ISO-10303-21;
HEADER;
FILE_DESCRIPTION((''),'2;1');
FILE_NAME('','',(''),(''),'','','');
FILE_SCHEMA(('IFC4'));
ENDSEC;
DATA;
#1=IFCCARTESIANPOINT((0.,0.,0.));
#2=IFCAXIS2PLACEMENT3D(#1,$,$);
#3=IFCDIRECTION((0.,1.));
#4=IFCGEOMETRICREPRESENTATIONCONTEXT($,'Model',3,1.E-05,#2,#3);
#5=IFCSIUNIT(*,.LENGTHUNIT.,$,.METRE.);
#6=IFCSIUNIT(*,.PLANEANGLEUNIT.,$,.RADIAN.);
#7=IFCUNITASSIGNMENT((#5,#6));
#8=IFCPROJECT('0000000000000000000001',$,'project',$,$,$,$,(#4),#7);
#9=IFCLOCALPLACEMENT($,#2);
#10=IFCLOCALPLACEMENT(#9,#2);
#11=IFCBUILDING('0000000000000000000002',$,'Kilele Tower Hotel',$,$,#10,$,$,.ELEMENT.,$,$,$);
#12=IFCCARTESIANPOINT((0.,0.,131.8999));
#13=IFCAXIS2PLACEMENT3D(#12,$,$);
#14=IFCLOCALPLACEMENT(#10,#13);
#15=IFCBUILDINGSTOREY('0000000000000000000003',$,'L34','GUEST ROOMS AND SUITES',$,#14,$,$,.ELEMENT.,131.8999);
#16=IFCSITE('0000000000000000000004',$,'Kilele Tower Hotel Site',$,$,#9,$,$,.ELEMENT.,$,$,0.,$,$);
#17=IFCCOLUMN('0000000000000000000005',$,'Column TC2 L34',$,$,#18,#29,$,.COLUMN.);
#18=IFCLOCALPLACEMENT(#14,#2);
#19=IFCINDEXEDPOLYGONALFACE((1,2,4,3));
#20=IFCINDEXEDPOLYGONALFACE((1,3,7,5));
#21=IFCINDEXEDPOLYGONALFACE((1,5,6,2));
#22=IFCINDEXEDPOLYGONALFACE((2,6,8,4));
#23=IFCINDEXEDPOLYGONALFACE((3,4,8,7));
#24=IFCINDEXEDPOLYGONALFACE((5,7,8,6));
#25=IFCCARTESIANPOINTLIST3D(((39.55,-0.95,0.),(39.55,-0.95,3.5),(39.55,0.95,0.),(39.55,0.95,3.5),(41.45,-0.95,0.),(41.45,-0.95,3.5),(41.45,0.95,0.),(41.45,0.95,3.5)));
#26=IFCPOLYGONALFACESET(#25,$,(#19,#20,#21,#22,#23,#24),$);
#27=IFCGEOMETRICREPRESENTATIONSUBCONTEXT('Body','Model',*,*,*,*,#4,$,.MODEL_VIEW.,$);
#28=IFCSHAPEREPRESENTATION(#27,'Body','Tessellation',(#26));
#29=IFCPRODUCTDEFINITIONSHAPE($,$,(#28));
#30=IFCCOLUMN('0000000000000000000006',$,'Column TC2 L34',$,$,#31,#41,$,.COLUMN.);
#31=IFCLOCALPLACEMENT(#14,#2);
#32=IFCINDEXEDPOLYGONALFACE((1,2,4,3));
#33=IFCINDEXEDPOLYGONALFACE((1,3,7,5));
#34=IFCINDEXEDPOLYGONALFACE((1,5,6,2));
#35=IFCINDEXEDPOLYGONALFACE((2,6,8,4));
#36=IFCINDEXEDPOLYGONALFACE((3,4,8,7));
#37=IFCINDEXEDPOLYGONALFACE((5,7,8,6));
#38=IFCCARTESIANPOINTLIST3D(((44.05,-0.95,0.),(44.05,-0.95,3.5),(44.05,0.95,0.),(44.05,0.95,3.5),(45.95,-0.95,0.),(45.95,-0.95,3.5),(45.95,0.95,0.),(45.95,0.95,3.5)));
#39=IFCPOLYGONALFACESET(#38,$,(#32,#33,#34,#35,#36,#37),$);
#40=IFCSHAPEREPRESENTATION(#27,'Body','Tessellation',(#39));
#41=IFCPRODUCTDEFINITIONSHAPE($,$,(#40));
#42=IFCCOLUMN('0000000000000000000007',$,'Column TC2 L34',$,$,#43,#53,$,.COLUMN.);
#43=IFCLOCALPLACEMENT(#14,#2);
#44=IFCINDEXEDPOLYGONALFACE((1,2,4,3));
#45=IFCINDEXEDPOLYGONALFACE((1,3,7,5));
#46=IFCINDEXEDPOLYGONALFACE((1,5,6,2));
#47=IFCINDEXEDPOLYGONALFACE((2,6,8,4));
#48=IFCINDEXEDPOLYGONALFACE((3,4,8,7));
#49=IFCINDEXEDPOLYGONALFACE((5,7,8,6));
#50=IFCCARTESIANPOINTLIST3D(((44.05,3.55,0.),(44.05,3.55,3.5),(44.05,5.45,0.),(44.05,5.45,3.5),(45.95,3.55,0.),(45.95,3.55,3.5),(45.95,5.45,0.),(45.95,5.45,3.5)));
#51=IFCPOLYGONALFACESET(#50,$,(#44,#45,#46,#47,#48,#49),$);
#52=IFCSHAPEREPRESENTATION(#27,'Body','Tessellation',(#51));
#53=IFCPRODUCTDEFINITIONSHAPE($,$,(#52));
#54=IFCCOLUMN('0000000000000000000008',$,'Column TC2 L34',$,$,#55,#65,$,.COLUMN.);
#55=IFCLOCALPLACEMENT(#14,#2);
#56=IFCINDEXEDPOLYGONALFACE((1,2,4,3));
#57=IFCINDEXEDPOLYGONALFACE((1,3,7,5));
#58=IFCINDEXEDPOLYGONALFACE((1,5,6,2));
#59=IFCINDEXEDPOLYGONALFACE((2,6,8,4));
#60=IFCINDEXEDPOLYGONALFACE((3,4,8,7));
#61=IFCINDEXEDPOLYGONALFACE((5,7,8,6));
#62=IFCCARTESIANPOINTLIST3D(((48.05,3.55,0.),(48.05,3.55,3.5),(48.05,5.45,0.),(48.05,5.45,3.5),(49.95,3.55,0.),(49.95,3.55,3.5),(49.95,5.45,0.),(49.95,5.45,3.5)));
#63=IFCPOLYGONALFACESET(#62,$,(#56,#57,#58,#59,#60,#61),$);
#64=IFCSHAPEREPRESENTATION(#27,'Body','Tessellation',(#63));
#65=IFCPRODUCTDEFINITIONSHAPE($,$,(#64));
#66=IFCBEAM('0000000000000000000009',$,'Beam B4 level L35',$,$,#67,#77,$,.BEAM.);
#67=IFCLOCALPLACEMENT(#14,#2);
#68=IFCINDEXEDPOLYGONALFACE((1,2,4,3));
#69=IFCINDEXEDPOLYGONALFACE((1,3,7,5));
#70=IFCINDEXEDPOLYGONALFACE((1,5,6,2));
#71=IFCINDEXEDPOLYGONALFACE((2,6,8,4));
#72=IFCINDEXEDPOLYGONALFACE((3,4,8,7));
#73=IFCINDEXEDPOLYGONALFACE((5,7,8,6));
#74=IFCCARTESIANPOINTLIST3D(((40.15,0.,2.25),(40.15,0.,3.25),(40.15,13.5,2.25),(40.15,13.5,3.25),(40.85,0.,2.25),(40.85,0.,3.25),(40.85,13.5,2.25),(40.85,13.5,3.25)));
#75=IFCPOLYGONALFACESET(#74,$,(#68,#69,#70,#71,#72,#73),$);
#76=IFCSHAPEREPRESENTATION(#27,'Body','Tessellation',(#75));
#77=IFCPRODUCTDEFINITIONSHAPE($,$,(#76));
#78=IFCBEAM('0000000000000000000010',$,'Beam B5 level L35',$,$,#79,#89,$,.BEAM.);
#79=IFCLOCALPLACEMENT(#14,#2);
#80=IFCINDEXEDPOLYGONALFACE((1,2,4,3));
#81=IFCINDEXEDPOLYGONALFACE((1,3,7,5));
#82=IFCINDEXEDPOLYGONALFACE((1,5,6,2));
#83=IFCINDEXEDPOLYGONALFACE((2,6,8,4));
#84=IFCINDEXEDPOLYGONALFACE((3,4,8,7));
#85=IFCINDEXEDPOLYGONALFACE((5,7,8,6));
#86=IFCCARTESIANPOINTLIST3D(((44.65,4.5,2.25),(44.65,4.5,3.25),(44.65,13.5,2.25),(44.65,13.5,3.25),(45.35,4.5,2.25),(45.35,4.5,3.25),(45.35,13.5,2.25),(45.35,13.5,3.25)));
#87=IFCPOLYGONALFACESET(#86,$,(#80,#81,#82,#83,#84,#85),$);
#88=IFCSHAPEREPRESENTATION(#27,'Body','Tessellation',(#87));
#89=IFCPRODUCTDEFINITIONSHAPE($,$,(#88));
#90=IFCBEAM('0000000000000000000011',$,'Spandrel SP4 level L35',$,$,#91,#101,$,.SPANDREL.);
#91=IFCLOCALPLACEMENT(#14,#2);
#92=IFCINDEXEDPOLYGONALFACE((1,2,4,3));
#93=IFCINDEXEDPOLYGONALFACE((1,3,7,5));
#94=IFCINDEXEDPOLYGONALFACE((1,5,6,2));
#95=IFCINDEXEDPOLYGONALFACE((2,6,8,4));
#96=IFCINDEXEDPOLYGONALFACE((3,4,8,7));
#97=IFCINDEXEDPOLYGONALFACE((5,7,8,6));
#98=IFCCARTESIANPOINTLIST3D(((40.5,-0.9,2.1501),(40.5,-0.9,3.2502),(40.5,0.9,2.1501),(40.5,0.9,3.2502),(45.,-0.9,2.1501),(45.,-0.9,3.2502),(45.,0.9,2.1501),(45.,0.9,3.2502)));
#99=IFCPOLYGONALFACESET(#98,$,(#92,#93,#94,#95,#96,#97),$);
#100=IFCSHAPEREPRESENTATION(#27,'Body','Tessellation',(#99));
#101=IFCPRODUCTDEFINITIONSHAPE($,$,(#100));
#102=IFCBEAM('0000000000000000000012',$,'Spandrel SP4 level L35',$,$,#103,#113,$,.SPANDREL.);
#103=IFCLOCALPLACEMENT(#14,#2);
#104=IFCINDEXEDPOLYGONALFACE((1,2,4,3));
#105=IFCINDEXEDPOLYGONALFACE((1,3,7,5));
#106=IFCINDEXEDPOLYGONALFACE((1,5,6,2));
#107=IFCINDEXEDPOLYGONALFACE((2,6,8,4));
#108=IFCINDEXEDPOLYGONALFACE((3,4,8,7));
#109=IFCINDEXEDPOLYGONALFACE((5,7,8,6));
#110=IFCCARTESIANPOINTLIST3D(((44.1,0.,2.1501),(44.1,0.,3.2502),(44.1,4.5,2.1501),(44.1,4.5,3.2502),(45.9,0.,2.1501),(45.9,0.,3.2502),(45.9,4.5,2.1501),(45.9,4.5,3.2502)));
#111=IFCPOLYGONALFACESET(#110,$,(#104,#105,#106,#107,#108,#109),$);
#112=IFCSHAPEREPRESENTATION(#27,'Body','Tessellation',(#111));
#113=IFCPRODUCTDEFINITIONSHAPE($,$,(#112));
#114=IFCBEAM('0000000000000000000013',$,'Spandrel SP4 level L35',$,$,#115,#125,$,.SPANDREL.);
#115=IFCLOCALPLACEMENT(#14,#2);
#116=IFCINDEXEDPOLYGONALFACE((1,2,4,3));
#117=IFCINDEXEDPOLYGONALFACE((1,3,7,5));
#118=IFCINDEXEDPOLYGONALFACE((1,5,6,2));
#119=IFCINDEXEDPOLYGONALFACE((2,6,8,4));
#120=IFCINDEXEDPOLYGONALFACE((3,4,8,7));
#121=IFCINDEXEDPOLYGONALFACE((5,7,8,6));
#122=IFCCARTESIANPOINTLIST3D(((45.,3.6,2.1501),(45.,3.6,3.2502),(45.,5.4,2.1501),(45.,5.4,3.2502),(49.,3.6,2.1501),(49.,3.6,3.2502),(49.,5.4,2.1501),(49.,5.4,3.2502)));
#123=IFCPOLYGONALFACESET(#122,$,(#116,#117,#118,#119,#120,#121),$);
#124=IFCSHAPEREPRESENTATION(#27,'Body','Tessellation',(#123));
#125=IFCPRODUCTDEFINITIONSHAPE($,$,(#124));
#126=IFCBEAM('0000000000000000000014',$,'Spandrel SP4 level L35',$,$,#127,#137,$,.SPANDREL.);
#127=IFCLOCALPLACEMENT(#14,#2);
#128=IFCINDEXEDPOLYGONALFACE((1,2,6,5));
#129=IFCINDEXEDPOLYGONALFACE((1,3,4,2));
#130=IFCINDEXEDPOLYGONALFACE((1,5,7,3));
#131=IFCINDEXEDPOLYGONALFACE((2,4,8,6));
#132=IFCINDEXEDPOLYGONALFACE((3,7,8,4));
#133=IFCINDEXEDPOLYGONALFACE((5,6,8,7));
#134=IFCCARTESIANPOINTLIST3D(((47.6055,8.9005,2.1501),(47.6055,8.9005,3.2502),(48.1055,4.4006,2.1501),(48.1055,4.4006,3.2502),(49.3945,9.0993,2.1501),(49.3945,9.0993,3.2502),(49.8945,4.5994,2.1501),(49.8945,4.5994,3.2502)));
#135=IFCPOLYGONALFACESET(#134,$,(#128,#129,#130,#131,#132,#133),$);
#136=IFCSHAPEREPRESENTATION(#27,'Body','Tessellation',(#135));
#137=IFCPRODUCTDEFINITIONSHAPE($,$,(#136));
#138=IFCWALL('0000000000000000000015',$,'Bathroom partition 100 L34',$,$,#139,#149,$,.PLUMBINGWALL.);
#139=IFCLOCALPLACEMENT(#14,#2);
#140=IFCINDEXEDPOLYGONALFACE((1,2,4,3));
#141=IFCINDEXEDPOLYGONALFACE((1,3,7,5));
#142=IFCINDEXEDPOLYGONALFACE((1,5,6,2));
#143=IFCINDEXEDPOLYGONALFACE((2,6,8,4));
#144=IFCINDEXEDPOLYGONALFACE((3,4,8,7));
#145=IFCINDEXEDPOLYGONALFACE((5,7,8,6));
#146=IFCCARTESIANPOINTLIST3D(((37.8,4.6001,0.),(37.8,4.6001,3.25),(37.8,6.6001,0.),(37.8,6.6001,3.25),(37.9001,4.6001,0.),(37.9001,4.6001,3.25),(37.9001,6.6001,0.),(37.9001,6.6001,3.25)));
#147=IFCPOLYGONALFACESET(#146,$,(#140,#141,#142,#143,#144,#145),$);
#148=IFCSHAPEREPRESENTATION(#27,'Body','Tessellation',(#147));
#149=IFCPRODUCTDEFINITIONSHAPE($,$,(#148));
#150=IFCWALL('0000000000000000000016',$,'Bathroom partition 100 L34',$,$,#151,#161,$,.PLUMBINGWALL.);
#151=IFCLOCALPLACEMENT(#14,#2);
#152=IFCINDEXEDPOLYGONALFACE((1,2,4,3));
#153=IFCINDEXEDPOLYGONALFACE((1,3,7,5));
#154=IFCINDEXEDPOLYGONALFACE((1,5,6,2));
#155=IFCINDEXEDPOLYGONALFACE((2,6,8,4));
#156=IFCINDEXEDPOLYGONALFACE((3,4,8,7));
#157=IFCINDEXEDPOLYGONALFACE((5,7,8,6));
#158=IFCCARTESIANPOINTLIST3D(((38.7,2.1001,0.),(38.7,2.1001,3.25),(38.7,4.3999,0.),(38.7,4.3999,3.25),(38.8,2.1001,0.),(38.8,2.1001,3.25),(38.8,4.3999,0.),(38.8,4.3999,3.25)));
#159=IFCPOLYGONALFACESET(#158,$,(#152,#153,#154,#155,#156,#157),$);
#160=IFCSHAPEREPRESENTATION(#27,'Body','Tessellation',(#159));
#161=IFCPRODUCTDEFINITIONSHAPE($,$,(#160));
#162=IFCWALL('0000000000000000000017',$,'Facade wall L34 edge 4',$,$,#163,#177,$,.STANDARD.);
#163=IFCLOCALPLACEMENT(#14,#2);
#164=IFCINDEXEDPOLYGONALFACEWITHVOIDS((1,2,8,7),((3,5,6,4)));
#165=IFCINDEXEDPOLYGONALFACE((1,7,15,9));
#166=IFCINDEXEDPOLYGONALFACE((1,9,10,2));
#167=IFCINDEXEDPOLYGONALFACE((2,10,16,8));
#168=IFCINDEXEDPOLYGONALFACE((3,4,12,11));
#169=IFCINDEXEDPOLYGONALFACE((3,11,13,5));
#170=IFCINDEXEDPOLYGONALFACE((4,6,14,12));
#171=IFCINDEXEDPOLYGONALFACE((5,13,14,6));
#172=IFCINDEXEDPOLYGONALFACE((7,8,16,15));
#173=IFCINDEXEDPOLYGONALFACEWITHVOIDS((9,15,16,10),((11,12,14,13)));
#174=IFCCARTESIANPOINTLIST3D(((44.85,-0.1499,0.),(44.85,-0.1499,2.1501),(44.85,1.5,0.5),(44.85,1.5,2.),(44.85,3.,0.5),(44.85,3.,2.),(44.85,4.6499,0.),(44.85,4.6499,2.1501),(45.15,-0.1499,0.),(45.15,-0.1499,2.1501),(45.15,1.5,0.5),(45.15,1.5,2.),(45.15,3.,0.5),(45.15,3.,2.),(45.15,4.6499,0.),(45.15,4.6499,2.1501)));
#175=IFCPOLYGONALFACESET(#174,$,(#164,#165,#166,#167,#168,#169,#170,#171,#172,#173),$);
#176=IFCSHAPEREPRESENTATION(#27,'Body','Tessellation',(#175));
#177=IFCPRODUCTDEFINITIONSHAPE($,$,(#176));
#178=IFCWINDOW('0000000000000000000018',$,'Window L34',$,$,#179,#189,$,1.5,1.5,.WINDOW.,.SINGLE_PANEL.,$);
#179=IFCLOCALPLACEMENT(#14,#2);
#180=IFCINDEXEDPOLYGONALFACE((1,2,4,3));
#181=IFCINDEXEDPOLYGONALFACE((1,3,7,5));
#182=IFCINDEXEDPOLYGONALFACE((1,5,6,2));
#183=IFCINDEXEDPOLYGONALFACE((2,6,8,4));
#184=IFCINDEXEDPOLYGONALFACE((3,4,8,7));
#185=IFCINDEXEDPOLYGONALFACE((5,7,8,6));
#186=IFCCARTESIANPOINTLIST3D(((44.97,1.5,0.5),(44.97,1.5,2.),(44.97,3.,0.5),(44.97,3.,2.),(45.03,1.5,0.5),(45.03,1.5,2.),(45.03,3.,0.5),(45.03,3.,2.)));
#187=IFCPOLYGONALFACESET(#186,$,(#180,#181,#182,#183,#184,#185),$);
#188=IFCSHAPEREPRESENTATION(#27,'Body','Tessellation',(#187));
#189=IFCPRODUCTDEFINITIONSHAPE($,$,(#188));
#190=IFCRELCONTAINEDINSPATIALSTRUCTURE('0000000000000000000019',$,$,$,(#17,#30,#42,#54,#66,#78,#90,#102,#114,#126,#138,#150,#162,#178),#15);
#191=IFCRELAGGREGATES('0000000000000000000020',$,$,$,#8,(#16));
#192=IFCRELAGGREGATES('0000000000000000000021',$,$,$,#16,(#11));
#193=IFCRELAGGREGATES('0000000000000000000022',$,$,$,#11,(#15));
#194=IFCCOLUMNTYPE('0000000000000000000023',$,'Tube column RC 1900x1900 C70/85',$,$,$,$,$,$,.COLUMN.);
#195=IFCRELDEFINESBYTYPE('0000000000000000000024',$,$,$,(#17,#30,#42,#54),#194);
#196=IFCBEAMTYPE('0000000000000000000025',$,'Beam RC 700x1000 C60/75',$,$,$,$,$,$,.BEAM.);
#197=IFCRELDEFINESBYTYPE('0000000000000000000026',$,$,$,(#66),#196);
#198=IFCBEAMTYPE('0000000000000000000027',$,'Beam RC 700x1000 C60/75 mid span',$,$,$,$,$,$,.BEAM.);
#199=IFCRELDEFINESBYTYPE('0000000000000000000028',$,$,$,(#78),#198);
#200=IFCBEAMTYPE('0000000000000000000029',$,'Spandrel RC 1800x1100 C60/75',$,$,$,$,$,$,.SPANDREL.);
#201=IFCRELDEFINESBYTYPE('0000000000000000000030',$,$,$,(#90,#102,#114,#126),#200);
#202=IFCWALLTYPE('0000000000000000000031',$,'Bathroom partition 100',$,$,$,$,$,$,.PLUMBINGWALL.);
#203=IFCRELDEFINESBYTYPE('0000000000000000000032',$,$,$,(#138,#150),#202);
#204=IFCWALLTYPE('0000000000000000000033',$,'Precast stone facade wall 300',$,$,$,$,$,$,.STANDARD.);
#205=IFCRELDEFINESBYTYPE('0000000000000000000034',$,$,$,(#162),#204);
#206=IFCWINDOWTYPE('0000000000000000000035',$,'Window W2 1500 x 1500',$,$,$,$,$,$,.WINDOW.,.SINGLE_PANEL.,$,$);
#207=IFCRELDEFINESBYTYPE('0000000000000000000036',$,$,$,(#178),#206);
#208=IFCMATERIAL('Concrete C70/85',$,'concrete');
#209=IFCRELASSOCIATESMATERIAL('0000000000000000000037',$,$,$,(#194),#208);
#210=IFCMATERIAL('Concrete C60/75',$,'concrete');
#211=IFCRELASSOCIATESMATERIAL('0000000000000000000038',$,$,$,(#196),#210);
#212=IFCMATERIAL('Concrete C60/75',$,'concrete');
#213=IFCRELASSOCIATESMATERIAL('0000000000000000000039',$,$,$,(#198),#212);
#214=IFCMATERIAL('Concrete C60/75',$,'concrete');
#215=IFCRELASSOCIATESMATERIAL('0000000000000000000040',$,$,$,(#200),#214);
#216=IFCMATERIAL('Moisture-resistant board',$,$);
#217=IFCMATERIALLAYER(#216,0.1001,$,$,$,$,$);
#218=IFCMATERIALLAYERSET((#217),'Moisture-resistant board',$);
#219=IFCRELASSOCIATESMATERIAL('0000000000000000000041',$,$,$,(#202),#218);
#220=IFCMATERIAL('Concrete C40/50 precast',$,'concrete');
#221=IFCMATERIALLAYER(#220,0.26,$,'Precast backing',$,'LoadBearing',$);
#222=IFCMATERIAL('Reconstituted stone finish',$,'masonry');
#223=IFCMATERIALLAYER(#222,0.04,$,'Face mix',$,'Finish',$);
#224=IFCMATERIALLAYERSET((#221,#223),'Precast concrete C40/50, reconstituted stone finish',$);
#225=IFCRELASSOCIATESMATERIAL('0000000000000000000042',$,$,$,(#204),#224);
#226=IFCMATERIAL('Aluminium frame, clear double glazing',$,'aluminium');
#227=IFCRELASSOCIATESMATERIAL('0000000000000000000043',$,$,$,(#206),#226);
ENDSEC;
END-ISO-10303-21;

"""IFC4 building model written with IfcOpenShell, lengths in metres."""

from ifc_helpers import new_model, si_unit, direction, frame, frame_2d, origin, origin_2d, place, context, subcontext, project, spatial, rectangle, extrude, material, layer, layer_set, material_profile, profile_set, type_object, element, fill, save


model = new_model("IFC4")

# Units and contexts
model_context = context("Model", 3, precision=1e-05, world=origin(), true_north=direction((0.0, 1.0)))
body_context = subcontext(model_context, "Body", "Model", "MODEL_VIEW")
ifc_project = project(units=[si_unit("LENGTHUNIT", "METRE"), si_unit("PLANEANGLEUNIT", "RADIAN")], contexts=[model_context])

# Site, building, storey
site_placement = place(None, origin())
site = spatial("IfcSite", under=ifc_project, at=site_placement, Name="Kilele Tower Hotel Site", CompositionType="ELEMENT", RefElevation=0.0)
building_placement = place(site_placement, origin())
building = spatial("IfcBuilding", under=site, at=building_placement, Name="Kilele Tower Hotel", CompositionType="ELEMENT")
storey_placement = place(building_placement, frame((0.0, 0.0, 131.8999)))
storey = spatial("IfcBuildingStorey", under=building, at=storey_placement, Name="L34", Description="GUEST ROOMS AND SUITES", CompositionType="ELEMENT", Elevation=131.8999)

# Columns
ifc_material_1 = material(Name="Concrete C70/85", Category="concrete")
ifc_material_profile_1 = material_profile(ifc_material_1, rectangle(XDim=1.8999, YDim=1.8999, at=origin_2d()))
ifc_profile_set_1 = profile_set([ifc_material_profile_1], Name="Concrete C70/85")
column_type = type_object("IfcColumnType", Name="Tube column RC 1900x1900 C70/85", PredefinedType="COLUMN", material=ifc_profile_set_1)
for number, where, z_axis, x_axis, name in (
    (1, (40.5, 0.0, 0.0), (0.0, 0.0, 1.0), (1.0, 0.0, 0.0), "Column TC2 L34"),
    (2, (45.0, 0.0, 0.0), (0.0, 0.0, 1.0), (1.0, 0.0, 0.0), "Column TC2 L34"),
    (3, (45.0, 4.5, 0.0), (0.0, 0.0, 1.0), (1.0, 0.0, 0.0), "Column TC2 L34"),
    (4, (49.0, 4.5, 0.0), (0.0, 0.0, 1.0), (1.0, 0.0, 0.0), "Column TC2 L34"),
):
    element("IfcColumn", number, at=place(storey_placement, frame(where, z_axis=z_axis, x_axis=x_axis)), inside=storey, type_object=column_type, Name=name, PredefinedType="COLUMN", context=body_context, shape_type="SweptSolid", body=[
        extrude(rectangle(XDim=1.8999, YDim=1.8999, at=origin_2d()), origin(), (0.0, 0.0, 1.0), 3.5),
    ])

# Beams
ifc_material_2 = material(Name="Concrete C60/75", Category="concrete")
ifc_material_profile_2 = material_profile(ifc_material_2, rectangle(XDim=0.7, YDim=1.0, at=origin_2d()))
ifc_profile_set_2 = profile_set([ifc_material_profile_2], Name="Concrete C60/75")
beam_type_1 = type_object("IfcBeamType", Name="Beam RC 700x1000 C60/75", PredefinedType="BEAM", material=ifc_profile_set_2)
beam_1_placement = place(storey_placement, frame((40.5, 0.0, 2.75), z_axis=(0.0, 1.0, 0.0), x_axis=(-1.0, 0.0, 0.0)))
element("IfcBeam", 5, at=beam_1_placement, inside=storey, type_object=beam_type_1, Name="Beam B4 level L35", PredefinedType="BEAM", context=body_context, shape_type="SweptSolid", body=[
    extrude(rectangle(XDim=0.7, YDim=1.0, at=origin_2d()), origin(), (0.0, 0.0, 1.0), 13.5),
])
ifc_material_3 = material(Name="Concrete C60/75", Category="concrete")
ifc_material_profile_3 = material_profile(ifc_material_3, rectangle(XDim=0.7, YDim=1.0, at=origin_2d()))
ifc_profile_set_3 = profile_set([ifc_material_profile_3], Name="Concrete C60/75")
beam_type_2 = type_object("IfcBeamType", Name="Beam RC 700x1000 C60/75 mid span", PredefinedType="BEAM", material=ifc_profile_set_3)
beam_2_placement = place(storey_placement, frame((45.0, 4.5, 2.75), z_axis=(0.0, 1.0, 0.0), x_axis=(-1.0, 0.0, 0.0)))
element("IfcBeam", 6, at=beam_2_placement, inside=storey, type_object=beam_type_2, Name="Beam B5 level L35", PredefinedType="BEAM", context=body_context, shape_type="SweptSolid", body=[
    extrude(rectangle(XDim=0.7, YDim=1.0, at=origin_2d()), origin(), (0.0, 0.0, 1.0), 9.0),
])
ifc_material_4 = material(Name="Concrete C60/75", Category="concrete")
ifc_material_profile_4 = material_profile(ifc_material_4, rectangle(XDim=1.8, YDim=1.1001, at=origin_2d()))
ifc_profile_set_4 = profile_set([ifc_material_profile_4], Name="Concrete C60/75")
beam_type_3 = type_object("IfcBeamType", Name="Spandrel RC 1800x1100 C60/75", PredefinedType="SPANDREL", material=ifc_profile_set_4)
for number, where, z_axis, x_axis, name in (
    (7, (40.5, 0.0, 2.7002), (1.0, 0.0, 0.0), (0.0, 1.0, 0.0), "Spandrel SP4 level L35"),
    (8, (45.0, 0.0, 2.7002), (0.0, 1.0, 0.0), (-1.0, 0.0, 0.0), "Spandrel SP4 level L35"),
):
    element("IfcBeam", number, at=place(storey_placement, frame(where, z_axis=z_axis, x_axis=x_axis)), inside=storey, type_object=beam_type_3, Name=name, PredefinedType="SPANDREL", context=body_context, shape_type="SweptSolid", body=[
        extrude(rectangle(XDim=1.8, YDim=1.1001, at=origin_2d()), origin(), (0.0, 0.0, 1.0), 4.5),
    ])
beam_3_placement = place(storey_placement, frame((45.0, 4.5, 2.7002), z_axis=(1.0, 0.0, 0.0), x_axis=(0.0, 1.0, 0.0)))
element("IfcBeam", 9, at=beam_3_placement, inside=storey, type_object=beam_type_3, Name="Spandrel SP4 level L35", PredefinedType="SPANDREL", context=body_context, shape_type="SweptSolid", body=[
    extrude(rectangle(XDim=1.8, YDim=1.1001, at=origin_2d()), origin(), (0.0, 0.0, 1.0), 4.0),
])
beam_4_placement = place(storey_placement, frame((49.0, 4.5, 2.7002), z_axis=(-0.110432, 0.993884, 0.0), x_axis=(-0.993884, -0.110432, 0.0)))
element("IfcBeam", 10, at=beam_4_placement, inside=storey, type_object=beam_type_3, Name="Spandrel SP4 level L35", PredefinedType="SPANDREL", context=body_context, shape_type="SweptSolid", body=[
    extrude(rectangle(XDim=1.8, YDim=1.1001, at=origin_2d()), origin(), (0.0, 0.0, 1.0), 4.5276),
])

# Walls
ifc_material_5 = material(Name="Moisture-resistant board")
ifc_layer_1 = layer(ifc_material_5, 0.1001)
ifc_layer_set_1 = layer_set([ifc_layer_1], Name="Moisture-resistant board")
wall_type_1 = type_object("IfcWallType", Name="Bathroom partition 100", PredefinedType="PLUMBINGWALL", material=ifc_layer_set_1)
wall_1_placement = place(storey_placement, frame((37.8501, 4.6001, 0.0), z_axis=(0.0, 0.0, 1.0), x_axis=(0.0, 1.0, 0.0)))
element("IfcWall", 11, at=wall_1_placement, inside=storey, type_object=wall_type_1, Name="Bathroom partition 100 L34", PredefinedType="PLUMBINGWALL", context=body_context, shape_type="SweptSolid", body=[
    extrude(rectangle(XDim=2.0, YDim=0.1001, at=frame_2d((1.0, 0.0))), origin(), (0.0, 0.0, 1.0), 3.25),
])
wall_2_placement = place(storey_placement, frame((38.75, 4.3999, 0.0), z_axis=(0.0, 0.0, 1.0), x_axis=(0.0, -1.0, 0.0)))
element("IfcWall", 12, at=wall_2_placement, inside=storey, type_object=wall_type_1, Name="Bathroom partition 100 L34", PredefinedType="PLUMBINGWALL", context=body_context, shape_type="SweptSolid", body=[
    extrude(rectangle(XDim=2.2998, YDim=0.1001, at=frame_2d((1.1499, 0.0))), origin(), (0.0, 0.0, 1.0), 3.25),
])

# Wall, opening, window
ifc_material_6 = material(Name="Concrete C40/50 precast", Category="concrete")
ifc_layer_2 = layer(ifc_material_6, 0.26, Name="Precast backing", Category="LoadBearing")
ifc_material_7 = material(Name="Reconstituted stone finish", Category="masonry")
ifc_layer_3 = layer(ifc_material_7, 0.04, Name="Face mix", Category="Finish")
ifc_layer_set_2 = layer_set([ifc_layer_2, ifc_layer_3], Name="Precast concrete C40/50, reconstituted stone finish")
wall_type_2 = type_object("IfcWallType", Name="Precast stone facade wall 300", PredefinedType="STANDARD", material=ifc_layer_set_2)
wall_3_placement = place(storey_placement, frame((45.0, -0.1499, 0.0), z_axis=(0.0, 0.0, 1.0), x_axis=(0.0, 1.0, 0.0)))
wall_3 = element("IfcWall", 13, at=wall_3_placement, inside=storey, type_object=wall_type_2, Name="Facade wall L34 edge 4", PredefinedType="STANDARD", context=body_context, shape_type="SweptSolid", body=[
    extrude(rectangle(XDim=4.7998, YDim=0.3, at=frame_2d((2.3999, 0.0))), origin(), (0.0, 0.0, 1.0), 2.1501),
])
opening_1_placement = place(wall_3_placement, frame((1.6499, 0.0, 0.5)))
opening_1 = element("IfcOpeningElement", 14, at=opening_1_placement, cuts=wall_3, PredefinedType="OPENING", context=body_context, shape_type="SweptSolid", body=[
    extrude(rectangle(XDim=1.5, YDim=1.5, at=frame_2d((0.75, 0.75))), frame((0.0, 0.1599, 0.0), z_axis=(0.0, -1.0, 0.0), x_axis=(1.0, 0.0, 0.0)), (0.0, 0.0, 1.0), 0.3201),
])
ifc_material_8 = material(Name="Aluminium frame, clear double glazing", Category="aluminium")
window_type = type_object("IfcWindowType", Name="Window W2 1500 x 1500", PartitioningType="SINGLE_PANEL", PredefinedType="WINDOW", material=ifc_material_8)
window_1_placement = place(opening_1_placement, origin())
window_1 = element("IfcWindow", 15, at=window_1_placement, inside=storey, type_object=window_type, Name="Window L34", OverallHeight=1.5, OverallWidth=1.5, PartitioningType="SINGLE_PANEL", PredefinedType="WINDOW", context=body_context, shape_type="SweptSolid", body=[
    extrude(rectangle(XDim=1.5, YDim=1.5, at=frame_2d((0.75, 0.75))), frame((0.0, 0.03, 0.0), z_axis=(0.0, -1.0, 0.0), x_axis=(1.0, 0.0, 0.0)), (0.0, 0.0, 1.0), 0.0601),
])
fill(opening_1, window_1)

save(model, "model.ifc")
